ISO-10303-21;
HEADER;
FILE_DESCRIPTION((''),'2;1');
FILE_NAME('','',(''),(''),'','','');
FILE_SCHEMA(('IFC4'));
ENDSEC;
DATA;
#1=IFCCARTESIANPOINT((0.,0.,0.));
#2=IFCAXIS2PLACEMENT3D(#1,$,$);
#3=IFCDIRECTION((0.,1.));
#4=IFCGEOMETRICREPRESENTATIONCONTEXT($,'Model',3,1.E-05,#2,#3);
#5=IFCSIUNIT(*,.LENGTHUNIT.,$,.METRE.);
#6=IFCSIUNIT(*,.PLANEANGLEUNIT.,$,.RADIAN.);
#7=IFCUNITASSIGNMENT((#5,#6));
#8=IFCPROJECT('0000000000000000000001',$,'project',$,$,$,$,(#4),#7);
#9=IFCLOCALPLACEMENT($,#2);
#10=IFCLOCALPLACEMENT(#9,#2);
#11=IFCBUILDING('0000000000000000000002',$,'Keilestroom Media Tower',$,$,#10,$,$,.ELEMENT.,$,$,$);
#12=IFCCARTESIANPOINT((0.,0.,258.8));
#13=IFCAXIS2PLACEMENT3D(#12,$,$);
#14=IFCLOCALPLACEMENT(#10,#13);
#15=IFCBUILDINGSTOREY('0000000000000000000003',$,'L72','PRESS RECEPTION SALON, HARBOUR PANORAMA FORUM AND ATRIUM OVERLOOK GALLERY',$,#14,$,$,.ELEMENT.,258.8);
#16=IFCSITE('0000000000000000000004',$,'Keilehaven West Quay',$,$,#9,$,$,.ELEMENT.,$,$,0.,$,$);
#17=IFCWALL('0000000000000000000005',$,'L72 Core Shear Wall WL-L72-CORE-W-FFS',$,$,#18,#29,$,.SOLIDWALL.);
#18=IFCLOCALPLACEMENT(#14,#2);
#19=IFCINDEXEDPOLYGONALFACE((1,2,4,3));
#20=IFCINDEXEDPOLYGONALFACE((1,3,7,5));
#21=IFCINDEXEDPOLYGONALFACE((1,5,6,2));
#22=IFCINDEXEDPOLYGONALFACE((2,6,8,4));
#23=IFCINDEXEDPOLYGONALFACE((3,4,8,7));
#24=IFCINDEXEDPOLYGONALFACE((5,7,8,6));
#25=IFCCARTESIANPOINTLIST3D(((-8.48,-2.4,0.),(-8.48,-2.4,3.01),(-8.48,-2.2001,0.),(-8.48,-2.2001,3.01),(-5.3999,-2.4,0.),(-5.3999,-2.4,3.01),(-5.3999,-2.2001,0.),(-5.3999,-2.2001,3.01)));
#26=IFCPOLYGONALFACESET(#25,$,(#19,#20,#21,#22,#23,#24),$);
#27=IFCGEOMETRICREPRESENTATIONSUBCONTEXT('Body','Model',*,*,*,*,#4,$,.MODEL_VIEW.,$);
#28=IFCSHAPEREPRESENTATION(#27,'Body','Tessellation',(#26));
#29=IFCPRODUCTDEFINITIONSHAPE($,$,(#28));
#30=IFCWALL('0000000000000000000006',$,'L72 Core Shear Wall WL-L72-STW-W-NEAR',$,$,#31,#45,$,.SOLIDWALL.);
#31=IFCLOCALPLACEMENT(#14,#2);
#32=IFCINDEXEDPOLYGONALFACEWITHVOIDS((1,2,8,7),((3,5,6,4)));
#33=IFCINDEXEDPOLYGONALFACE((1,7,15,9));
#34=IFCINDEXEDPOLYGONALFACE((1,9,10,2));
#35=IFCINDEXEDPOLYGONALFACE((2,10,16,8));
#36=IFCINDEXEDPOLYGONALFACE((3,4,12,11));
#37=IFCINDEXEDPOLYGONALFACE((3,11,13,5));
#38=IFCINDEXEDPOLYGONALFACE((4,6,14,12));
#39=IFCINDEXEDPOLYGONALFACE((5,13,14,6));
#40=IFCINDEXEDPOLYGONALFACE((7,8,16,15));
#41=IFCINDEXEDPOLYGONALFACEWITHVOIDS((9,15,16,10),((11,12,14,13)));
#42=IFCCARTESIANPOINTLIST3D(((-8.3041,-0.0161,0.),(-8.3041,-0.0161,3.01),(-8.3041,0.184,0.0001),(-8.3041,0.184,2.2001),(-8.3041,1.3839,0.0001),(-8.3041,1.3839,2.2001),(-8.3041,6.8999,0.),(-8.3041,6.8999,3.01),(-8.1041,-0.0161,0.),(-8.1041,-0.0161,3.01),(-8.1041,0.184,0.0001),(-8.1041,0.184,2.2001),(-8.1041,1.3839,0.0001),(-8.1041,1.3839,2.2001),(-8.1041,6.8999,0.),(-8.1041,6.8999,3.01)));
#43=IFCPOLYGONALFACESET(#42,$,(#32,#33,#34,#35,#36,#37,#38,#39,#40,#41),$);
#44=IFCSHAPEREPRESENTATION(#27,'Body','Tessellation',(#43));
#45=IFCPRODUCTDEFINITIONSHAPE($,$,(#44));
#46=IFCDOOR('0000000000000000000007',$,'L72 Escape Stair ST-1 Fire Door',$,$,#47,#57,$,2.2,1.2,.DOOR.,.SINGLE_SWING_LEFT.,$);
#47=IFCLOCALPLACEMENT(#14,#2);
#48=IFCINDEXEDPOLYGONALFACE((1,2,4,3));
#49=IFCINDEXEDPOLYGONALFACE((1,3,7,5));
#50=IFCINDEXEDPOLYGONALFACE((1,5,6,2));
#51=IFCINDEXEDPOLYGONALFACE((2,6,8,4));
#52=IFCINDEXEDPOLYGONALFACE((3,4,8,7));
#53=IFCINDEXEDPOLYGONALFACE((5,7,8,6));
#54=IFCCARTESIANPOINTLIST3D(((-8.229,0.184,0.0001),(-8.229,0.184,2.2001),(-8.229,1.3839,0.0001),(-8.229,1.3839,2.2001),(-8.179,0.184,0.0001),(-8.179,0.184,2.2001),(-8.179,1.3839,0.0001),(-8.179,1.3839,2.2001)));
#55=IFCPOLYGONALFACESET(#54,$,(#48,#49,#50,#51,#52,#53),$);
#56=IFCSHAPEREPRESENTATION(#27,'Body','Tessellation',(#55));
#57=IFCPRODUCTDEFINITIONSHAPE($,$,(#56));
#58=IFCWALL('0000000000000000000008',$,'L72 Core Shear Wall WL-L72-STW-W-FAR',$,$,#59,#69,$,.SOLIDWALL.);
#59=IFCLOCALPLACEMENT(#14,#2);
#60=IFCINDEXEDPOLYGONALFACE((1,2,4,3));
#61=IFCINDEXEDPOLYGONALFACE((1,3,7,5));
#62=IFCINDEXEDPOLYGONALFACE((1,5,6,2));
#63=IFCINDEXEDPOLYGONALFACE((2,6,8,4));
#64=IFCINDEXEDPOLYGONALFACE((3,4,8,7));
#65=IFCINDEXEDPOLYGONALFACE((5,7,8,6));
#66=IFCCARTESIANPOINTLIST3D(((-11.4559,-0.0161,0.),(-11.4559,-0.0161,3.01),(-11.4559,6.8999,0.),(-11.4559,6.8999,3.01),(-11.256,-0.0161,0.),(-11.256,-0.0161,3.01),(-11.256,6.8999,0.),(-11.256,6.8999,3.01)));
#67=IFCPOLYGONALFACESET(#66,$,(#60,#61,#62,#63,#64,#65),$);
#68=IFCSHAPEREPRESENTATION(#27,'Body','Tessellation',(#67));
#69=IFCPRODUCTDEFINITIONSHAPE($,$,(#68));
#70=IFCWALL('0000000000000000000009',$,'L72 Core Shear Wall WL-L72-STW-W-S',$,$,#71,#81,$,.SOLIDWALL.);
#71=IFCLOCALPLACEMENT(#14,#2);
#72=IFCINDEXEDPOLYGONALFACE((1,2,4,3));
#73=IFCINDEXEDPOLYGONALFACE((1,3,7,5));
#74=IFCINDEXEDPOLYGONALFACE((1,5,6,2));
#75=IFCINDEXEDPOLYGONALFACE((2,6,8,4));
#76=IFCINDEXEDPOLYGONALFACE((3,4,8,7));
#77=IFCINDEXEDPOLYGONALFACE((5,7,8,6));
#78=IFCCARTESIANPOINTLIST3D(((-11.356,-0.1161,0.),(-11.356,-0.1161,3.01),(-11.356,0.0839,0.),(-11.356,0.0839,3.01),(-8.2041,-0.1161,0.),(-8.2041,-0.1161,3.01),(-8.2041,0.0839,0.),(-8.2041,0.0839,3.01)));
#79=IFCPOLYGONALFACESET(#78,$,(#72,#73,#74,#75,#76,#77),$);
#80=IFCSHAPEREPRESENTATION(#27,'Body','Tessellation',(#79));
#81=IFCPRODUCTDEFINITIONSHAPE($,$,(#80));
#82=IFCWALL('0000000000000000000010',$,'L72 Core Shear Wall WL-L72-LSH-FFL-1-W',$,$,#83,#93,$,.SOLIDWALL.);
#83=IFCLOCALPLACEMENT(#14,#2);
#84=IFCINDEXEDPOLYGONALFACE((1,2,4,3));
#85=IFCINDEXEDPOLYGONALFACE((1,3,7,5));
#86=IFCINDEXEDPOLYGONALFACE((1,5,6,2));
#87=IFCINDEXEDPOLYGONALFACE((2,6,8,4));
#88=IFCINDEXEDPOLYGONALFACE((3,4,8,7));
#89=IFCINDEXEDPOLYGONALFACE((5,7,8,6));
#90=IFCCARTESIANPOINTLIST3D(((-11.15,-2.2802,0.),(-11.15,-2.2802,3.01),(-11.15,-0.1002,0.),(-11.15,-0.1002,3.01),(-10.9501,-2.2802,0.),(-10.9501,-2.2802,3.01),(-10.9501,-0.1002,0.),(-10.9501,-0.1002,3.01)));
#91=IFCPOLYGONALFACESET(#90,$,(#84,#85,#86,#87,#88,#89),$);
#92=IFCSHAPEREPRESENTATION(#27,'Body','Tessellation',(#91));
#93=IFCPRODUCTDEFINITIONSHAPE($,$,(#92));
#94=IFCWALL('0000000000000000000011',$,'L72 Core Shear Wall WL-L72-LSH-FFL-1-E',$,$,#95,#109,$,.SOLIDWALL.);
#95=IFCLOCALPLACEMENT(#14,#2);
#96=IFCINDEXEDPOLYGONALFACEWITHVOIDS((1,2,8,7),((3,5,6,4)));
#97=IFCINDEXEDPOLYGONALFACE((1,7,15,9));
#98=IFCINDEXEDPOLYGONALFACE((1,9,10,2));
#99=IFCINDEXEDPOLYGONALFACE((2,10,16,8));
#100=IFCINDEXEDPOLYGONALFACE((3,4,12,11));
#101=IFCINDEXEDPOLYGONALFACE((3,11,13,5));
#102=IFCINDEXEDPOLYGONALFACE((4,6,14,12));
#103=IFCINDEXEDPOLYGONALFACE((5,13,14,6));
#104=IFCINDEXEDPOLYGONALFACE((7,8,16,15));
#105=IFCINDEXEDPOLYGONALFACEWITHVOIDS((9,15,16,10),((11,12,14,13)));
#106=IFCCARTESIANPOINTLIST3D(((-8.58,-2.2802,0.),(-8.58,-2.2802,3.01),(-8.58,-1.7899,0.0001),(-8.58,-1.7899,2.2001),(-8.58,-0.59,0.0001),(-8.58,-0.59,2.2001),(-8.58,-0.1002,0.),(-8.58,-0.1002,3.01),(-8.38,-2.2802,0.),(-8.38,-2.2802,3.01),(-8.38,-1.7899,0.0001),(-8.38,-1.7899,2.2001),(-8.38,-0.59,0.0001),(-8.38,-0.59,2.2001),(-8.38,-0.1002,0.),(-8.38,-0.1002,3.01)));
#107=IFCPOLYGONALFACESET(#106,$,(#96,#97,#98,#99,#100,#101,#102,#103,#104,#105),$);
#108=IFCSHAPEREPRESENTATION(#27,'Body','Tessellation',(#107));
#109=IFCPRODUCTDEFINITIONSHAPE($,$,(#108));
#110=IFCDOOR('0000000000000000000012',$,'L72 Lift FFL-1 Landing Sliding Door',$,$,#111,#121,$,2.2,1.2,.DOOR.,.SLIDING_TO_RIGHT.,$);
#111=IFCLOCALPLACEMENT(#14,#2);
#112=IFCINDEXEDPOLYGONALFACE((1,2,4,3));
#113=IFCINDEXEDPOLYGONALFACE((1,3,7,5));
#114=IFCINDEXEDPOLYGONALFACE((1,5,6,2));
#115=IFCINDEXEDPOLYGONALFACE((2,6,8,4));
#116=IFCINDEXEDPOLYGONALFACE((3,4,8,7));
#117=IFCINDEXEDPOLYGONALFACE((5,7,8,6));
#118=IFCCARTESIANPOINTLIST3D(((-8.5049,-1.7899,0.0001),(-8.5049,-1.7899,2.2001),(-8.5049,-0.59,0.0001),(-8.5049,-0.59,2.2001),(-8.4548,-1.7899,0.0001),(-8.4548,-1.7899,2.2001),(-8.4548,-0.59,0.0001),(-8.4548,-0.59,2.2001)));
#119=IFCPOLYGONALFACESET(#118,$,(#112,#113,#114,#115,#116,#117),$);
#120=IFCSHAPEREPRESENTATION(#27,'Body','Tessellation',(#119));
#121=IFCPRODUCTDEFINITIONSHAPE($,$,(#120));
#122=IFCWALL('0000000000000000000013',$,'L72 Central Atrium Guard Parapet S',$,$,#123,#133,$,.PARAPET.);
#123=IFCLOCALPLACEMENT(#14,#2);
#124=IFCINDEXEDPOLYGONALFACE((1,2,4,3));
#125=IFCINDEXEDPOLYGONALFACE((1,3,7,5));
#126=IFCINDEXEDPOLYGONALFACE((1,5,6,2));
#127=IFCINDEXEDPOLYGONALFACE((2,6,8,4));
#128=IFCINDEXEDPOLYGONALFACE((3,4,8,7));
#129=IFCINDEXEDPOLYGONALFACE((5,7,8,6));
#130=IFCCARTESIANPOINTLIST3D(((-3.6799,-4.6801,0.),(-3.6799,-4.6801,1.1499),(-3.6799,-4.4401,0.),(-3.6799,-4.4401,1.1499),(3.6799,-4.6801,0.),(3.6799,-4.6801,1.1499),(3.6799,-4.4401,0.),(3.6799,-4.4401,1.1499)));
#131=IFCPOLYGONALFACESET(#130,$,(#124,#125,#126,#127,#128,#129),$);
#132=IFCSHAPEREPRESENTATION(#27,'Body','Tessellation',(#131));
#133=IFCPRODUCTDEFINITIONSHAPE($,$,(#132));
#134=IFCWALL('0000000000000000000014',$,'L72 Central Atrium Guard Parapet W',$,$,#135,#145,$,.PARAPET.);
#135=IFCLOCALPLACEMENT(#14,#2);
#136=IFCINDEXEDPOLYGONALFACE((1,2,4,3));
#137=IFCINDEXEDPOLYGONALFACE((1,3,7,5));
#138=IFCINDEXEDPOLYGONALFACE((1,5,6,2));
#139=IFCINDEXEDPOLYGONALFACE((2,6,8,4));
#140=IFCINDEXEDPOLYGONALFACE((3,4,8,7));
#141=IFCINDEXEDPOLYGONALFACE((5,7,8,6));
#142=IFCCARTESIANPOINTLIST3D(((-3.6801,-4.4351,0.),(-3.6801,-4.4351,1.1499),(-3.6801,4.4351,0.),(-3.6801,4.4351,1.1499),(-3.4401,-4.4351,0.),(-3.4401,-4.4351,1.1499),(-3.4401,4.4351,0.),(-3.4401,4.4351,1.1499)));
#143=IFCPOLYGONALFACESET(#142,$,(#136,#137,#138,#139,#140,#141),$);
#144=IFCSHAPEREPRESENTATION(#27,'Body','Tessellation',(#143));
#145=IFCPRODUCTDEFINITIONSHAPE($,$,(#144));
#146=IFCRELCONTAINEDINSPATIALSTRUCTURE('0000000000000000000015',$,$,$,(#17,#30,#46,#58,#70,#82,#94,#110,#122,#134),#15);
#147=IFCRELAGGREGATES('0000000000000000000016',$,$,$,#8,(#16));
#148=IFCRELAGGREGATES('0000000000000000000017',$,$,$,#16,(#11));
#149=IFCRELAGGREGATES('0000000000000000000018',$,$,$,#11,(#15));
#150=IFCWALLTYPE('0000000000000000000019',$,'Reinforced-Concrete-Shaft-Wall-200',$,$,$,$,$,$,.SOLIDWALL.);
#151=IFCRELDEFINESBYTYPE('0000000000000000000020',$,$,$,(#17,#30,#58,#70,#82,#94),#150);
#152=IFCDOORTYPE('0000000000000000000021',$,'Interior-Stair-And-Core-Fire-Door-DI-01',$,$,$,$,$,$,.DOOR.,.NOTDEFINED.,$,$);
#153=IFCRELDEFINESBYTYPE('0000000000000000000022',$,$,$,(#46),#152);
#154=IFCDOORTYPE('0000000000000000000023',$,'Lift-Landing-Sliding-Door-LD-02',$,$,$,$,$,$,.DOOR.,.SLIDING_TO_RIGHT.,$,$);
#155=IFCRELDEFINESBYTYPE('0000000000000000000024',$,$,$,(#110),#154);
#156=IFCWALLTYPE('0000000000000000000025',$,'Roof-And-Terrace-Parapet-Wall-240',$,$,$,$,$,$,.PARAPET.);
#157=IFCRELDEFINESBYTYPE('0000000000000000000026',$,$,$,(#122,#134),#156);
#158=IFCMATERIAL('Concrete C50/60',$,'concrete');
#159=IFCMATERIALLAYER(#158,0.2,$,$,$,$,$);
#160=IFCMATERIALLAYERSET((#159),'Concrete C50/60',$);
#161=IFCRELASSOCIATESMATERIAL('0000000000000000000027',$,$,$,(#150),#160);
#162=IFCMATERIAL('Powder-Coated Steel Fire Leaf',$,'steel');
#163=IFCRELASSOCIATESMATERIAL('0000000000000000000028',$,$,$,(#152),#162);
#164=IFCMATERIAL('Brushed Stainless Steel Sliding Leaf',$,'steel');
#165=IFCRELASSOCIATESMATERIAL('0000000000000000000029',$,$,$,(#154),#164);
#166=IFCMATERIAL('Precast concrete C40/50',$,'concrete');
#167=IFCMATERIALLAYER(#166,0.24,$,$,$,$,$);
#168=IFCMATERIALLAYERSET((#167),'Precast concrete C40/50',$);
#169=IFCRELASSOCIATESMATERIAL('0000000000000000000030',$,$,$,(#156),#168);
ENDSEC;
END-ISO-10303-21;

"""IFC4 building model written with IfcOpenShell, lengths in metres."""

from ifc_helpers import new_model, si_unit, direction, frame, frame_2d, origin, place, context, subcontext, project, spatial, rectangle, extrude, source, transform, mapped, material, layer, layer_set, type_object, element, fill, save


model = new_model("IFC4")

# Units and contexts
model_context = context("Model", 3, precision=1e-05, world=origin(), true_north=direction((0.0, 1.0)))
body_context = subcontext(model_context, "Body", "Model", "MODEL_VIEW")
ifc_project = project(units=[si_unit("LENGTHUNIT", "METRE"), si_unit("PLANEANGLEUNIT", "RADIAN")], contexts=[model_context])

# Site, building, storey
site_placement = place(None, origin())
site = spatial("IfcSite", under=ifc_project, at=site_placement, Name="Keilehaven West Quay", CompositionType="ELEMENT", RefElevation=0.0)
building_placement = place(site_placement, origin())
building = spatial("IfcBuilding", under=site, at=building_placement, Name="Keilestroom Media Tower", CompositionType="ELEMENT")
storey_placement = place(building_placement, frame((0.0, 0.0, 258.8)))
storey = spatial("IfcBuildingStorey", under=building, at=storey_placement, Name="L72", Description="PRESS RECEPTION SALON, HARBOUR PANORAMA FORUM AND ATRIUM OVERLOOK GALLERY", CompositionType="ELEMENT", Elevation=258.8)

# Shared definitions
ifc_material_1 = material(Name="Concrete C50/60", Category="concrete")
ifc_material_2 = material(Name="Powder-Coated Steel Fire Leaf", Category="steel")
shared_shape_1 = source(origin(), body_context, "Body", "SweptSolid", [
    extrude(rectangle(XDim=1.2, YDim=2.2, at=frame_2d((0.6001, 1.1001))), frame((0.0, 0.0249, 0.0), z_axis=(0.0, -1.0, 0.0), x_axis=(1.0, 0.0, 0.0)), (0.0, 0.0, 1.0), 0.05),
])

# Wall
ifc_layer_1 = layer(ifc_material_1, 0.2)
ifc_layer_set_1 = layer_set([ifc_layer_1], Name="Concrete C50/60")
wall_type_1 = type_object("IfcWallType", Name="Reinforced-Concrete-Shaft-Wall-200", PredefinedType="SOLIDWALL", material=ifc_layer_set_1)
wall_1_placement = place(storey_placement, frame((-8.48, -2.3, 0.0), z_axis=(0.0, 0.0, 1.0), x_axis=(1.0, 0.0, 0.0)))
element("IfcWall", 1, at=wall_1_placement, inside=storey, type_object=wall_type_1, Name="L72 Core Shear Wall WL-L72-CORE-W-FFS", PredefinedType="SOLIDWALL", context=body_context, shape_type="SweptSolid", body=[
    extrude(rectangle(XDim=3.0801, YDim=0.2, at=frame_2d((1.54, 0.0))), origin(), (0.0, 0.0, 1.0), 3.01),
])

# Wall, opening, door
wall_2_placement = place(storey_placement, frame((-8.2041, -0.0161, 0.0), z_axis=(0.0, 0.0, 1.0), x_axis=(0.0, 1.0, 0.0)))
wall_2 = element("IfcWall", 2, at=wall_2_placement, inside=storey, type_object=wall_type_1, Name="L72 Core Shear Wall WL-L72-STW-W-NEAR", PredefinedType="SOLIDWALL", context=body_context, shape_type="SweptSolid", body=[
    extrude(rectangle(XDim=6.916, YDim=0.2, at=frame_2d((3.458, 0.0))), origin(), (0.0, 0.0, 1.0), 3.01),
])
opening_1_placement = place(wall_2_placement, frame((0.2, 0.0, 0.0)))
opening_1 = element("IfcOpeningElement", 3, at=opening_1_placement, cuts=wall_2, PredefinedType="OPENING", context=body_context, shape_type="SweptSolid", body=[
    extrude(rectangle(XDim=1.2, YDim=2.2, at=frame_2d((0.6001, 1.1001))), frame((0.0, 0.1099, 0.0), z_axis=(0.0, -1.0, 0.0), x_axis=(1.0, 0.0, 0.0)), (0.0, 0.0, 1.0), 0.22),
])
door_type_1 = type_object("IfcDoorType", Name="Interior-Stair-And-Core-Fire-Door-DI-01", OperationType="NOTDEFINED", PredefinedType="DOOR", material=ifc_material_2)
door_1_placement = place(opening_1_placement, origin())
door_1 = element("IfcDoor", 4, at=door_1_placement, inside=storey, type_object=door_type_1, Name="L72 Escape Stair ST-1 Fire Door", OperationType="SINGLE_SWING_LEFT", OverallHeight=2.2, OverallWidth=1.2, PredefinedType="DOOR", context=body_context, shape_type="MappedRepresentation", body=[
    mapped(shared_shape_1, transform((0.0, 0.0, 0.0), x_axis=(1.0, 0.0, 0.0), y_axis=(0.0, 1.0, 0.0), z_axis=(0.0, 0.0, 1.0), scale=1.0)),
])
fill(opening_1, door_1)

# Walls
wall_3_placement = place(storey_placement, frame((-11.356, -0.0161, 0.0), z_axis=(0.0, 0.0, 1.0), x_axis=(0.0, 1.0, 0.0)))
element("IfcWall", 5, at=wall_3_placement, inside=storey, type_object=wall_type_1, Name="L72 Core Shear Wall WL-L72-STW-W-FAR", PredefinedType="SOLIDWALL", context=body_context, shape_type="SweptSolid", body=[
    extrude(rectangle(XDim=6.916, YDim=0.2, at=frame_2d((3.458, 0.0))), origin(), (0.0, 0.0, 1.0), 3.01),
])
wall_4_placement = place(storey_placement, frame((-11.356, -0.0161, 0.0), z_axis=(0.0, 0.0, 1.0), x_axis=(1.0, 0.0, 0.0)))
element("IfcWall", 6, at=wall_4_placement, inside=storey, type_object=wall_type_1, Name="L72 Core Shear Wall WL-L72-STW-W-S", PredefinedType="SOLIDWALL", context=body_context, shape_type="SweptSolid", body=[
    extrude(rectangle(XDim=3.1519, YDim=0.2, at=frame_2d((1.5759, 0.0))), origin(), (0.0, 0.0, 1.0), 3.01),
])
wall_5_placement = place(storey_placement, frame((-11.05, -2.28, 0.0), z_axis=(0.0, 0.0, 1.0), x_axis=(0.0, 1.0, 0.0)))
element("IfcWall", 7, at=wall_5_placement, inside=storey, type_object=wall_type_1, Name="L72 Core Shear Wall WL-L72-LSH-FFL-1-W", PredefinedType="SOLIDWALL", context=body_context, shape_type="SweptSolid", body=[
    extrude(rectangle(XDim=2.1799, YDim=0.2, at=frame_2d((1.0898, 0.0))), origin(), (0.0, 0.0, 1.0), 3.01),
])

# Wall, opening, door
wall_6_placement = place(storey_placement, frame((-8.48, -2.28, 0.0), z_axis=(0.0, 0.0, 1.0), x_axis=(0.0, 1.0, 0.0)))
wall_6 = element("IfcWall", 8, at=wall_6_placement, inside=storey, type_object=wall_type_1, Name="L72 Core Shear Wall WL-L72-LSH-FFL-1-E", PredefinedType="SOLIDWALL", context=body_context, shape_type="SweptSolid", body=[
    extrude(rectangle(XDim=2.1799, YDim=0.2, at=frame_2d((1.0898, 0.0))), origin(), (0.0, 0.0, 1.0), 3.01),
])
opening_2_placement = place(wall_6_placement, frame((0.49, 0.0, 0.0)))
opening_2 = element("IfcOpeningElement", 9, at=opening_2_placement, cuts=wall_6, PredefinedType="OPENING", context=body_context, shape_type="SweptSolid", body=[
    extrude(rectangle(XDim=1.2, YDim=2.2, at=frame_2d((0.6001, 1.1001))), frame((0.0, 0.1099, 0.0), z_axis=(0.0, -1.0, 0.0), x_axis=(1.0, 0.0, 0.0)), (0.0, 0.0, 1.0), 0.22),
])
ifc_material_3 = material(Name="Brushed Stainless Steel Sliding Leaf", Category="steel")
door_type_2 = type_object("IfcDoorType", Name="Lift-Landing-Sliding-Door-LD-02", OperationType="SLIDING_TO_RIGHT", PredefinedType="DOOR", material=ifc_material_3)
door_2_placement = place(opening_2_placement, origin())
door_2 = element("IfcDoor", 10, at=door_2_placement, inside=storey, type_object=door_type_2, Name="L72 Lift FFL-1 Landing Sliding Door", OperationType="SLIDING_TO_RIGHT", OverallHeight=2.2, OverallWidth=1.2, PredefinedType="DOOR", context=body_context, shape_type="MappedRepresentation", body=[
    mapped(shared_shape_1, transform((0.0, 0.0, 0.0), x_axis=(1.0, 0.0, 0.0), y_axis=(0.0, 1.0, 0.0), z_axis=(0.0, 0.0, 1.0), scale=1.0)),
])
fill(opening_2, door_2)

# Walls
ifc_material_4 = material(Name="Precast concrete C40/50", Category="concrete")
ifc_layer_2 = layer(ifc_material_4, 0.24)
ifc_layer_set_2 = layer_set([ifc_layer_2], Name="Precast concrete C40/50")
wall_type_2 = type_object("IfcWallType", Name="Roof-And-Terrace-Parapet-Wall-240", PredefinedType="PARAPET", material=ifc_layer_set_2)
wall_7_placement = place(storey_placement, frame((-3.6799, -4.5601, 0.0), z_axis=(0.0, 0.0, 1.0), x_axis=(1.0, 0.0, 0.0)))
element("IfcWall", 11, at=wall_7_placement, inside=storey, type_object=wall_type_2, Name="L72 Central Atrium Guard Parapet S", PredefinedType="PARAPET", context=body_context, shape_type="SweptSolid", body=[
    extrude(rectangle(XDim=7.3599, YDim=0.24, at=frame_2d((3.6799, 0.0))), origin(), (0.0, 0.0, 1.0), 1.1499),
])
wall_8_placement = place(storey_placement, frame((-3.5601, -4.4351, 0.0), z_axis=(0.0, 0.0, 1.0), x_axis=(0.0, 1.0, 0.0)))
element("IfcWall", 12, at=wall_8_placement, inside=storey, type_object=wall_type_2, Name="L72 Central Atrium Guard Parapet W", PredefinedType="PARAPET", context=body_context, shape_type="SweptSolid", body=[
    extrude(rectangle(XDim=8.8701, YDim=0.24, at=frame_2d((4.4351, 0.0))), origin(), (0.0, 0.0, 1.0), 1.1499),
])

save(model, "model.ifc")
